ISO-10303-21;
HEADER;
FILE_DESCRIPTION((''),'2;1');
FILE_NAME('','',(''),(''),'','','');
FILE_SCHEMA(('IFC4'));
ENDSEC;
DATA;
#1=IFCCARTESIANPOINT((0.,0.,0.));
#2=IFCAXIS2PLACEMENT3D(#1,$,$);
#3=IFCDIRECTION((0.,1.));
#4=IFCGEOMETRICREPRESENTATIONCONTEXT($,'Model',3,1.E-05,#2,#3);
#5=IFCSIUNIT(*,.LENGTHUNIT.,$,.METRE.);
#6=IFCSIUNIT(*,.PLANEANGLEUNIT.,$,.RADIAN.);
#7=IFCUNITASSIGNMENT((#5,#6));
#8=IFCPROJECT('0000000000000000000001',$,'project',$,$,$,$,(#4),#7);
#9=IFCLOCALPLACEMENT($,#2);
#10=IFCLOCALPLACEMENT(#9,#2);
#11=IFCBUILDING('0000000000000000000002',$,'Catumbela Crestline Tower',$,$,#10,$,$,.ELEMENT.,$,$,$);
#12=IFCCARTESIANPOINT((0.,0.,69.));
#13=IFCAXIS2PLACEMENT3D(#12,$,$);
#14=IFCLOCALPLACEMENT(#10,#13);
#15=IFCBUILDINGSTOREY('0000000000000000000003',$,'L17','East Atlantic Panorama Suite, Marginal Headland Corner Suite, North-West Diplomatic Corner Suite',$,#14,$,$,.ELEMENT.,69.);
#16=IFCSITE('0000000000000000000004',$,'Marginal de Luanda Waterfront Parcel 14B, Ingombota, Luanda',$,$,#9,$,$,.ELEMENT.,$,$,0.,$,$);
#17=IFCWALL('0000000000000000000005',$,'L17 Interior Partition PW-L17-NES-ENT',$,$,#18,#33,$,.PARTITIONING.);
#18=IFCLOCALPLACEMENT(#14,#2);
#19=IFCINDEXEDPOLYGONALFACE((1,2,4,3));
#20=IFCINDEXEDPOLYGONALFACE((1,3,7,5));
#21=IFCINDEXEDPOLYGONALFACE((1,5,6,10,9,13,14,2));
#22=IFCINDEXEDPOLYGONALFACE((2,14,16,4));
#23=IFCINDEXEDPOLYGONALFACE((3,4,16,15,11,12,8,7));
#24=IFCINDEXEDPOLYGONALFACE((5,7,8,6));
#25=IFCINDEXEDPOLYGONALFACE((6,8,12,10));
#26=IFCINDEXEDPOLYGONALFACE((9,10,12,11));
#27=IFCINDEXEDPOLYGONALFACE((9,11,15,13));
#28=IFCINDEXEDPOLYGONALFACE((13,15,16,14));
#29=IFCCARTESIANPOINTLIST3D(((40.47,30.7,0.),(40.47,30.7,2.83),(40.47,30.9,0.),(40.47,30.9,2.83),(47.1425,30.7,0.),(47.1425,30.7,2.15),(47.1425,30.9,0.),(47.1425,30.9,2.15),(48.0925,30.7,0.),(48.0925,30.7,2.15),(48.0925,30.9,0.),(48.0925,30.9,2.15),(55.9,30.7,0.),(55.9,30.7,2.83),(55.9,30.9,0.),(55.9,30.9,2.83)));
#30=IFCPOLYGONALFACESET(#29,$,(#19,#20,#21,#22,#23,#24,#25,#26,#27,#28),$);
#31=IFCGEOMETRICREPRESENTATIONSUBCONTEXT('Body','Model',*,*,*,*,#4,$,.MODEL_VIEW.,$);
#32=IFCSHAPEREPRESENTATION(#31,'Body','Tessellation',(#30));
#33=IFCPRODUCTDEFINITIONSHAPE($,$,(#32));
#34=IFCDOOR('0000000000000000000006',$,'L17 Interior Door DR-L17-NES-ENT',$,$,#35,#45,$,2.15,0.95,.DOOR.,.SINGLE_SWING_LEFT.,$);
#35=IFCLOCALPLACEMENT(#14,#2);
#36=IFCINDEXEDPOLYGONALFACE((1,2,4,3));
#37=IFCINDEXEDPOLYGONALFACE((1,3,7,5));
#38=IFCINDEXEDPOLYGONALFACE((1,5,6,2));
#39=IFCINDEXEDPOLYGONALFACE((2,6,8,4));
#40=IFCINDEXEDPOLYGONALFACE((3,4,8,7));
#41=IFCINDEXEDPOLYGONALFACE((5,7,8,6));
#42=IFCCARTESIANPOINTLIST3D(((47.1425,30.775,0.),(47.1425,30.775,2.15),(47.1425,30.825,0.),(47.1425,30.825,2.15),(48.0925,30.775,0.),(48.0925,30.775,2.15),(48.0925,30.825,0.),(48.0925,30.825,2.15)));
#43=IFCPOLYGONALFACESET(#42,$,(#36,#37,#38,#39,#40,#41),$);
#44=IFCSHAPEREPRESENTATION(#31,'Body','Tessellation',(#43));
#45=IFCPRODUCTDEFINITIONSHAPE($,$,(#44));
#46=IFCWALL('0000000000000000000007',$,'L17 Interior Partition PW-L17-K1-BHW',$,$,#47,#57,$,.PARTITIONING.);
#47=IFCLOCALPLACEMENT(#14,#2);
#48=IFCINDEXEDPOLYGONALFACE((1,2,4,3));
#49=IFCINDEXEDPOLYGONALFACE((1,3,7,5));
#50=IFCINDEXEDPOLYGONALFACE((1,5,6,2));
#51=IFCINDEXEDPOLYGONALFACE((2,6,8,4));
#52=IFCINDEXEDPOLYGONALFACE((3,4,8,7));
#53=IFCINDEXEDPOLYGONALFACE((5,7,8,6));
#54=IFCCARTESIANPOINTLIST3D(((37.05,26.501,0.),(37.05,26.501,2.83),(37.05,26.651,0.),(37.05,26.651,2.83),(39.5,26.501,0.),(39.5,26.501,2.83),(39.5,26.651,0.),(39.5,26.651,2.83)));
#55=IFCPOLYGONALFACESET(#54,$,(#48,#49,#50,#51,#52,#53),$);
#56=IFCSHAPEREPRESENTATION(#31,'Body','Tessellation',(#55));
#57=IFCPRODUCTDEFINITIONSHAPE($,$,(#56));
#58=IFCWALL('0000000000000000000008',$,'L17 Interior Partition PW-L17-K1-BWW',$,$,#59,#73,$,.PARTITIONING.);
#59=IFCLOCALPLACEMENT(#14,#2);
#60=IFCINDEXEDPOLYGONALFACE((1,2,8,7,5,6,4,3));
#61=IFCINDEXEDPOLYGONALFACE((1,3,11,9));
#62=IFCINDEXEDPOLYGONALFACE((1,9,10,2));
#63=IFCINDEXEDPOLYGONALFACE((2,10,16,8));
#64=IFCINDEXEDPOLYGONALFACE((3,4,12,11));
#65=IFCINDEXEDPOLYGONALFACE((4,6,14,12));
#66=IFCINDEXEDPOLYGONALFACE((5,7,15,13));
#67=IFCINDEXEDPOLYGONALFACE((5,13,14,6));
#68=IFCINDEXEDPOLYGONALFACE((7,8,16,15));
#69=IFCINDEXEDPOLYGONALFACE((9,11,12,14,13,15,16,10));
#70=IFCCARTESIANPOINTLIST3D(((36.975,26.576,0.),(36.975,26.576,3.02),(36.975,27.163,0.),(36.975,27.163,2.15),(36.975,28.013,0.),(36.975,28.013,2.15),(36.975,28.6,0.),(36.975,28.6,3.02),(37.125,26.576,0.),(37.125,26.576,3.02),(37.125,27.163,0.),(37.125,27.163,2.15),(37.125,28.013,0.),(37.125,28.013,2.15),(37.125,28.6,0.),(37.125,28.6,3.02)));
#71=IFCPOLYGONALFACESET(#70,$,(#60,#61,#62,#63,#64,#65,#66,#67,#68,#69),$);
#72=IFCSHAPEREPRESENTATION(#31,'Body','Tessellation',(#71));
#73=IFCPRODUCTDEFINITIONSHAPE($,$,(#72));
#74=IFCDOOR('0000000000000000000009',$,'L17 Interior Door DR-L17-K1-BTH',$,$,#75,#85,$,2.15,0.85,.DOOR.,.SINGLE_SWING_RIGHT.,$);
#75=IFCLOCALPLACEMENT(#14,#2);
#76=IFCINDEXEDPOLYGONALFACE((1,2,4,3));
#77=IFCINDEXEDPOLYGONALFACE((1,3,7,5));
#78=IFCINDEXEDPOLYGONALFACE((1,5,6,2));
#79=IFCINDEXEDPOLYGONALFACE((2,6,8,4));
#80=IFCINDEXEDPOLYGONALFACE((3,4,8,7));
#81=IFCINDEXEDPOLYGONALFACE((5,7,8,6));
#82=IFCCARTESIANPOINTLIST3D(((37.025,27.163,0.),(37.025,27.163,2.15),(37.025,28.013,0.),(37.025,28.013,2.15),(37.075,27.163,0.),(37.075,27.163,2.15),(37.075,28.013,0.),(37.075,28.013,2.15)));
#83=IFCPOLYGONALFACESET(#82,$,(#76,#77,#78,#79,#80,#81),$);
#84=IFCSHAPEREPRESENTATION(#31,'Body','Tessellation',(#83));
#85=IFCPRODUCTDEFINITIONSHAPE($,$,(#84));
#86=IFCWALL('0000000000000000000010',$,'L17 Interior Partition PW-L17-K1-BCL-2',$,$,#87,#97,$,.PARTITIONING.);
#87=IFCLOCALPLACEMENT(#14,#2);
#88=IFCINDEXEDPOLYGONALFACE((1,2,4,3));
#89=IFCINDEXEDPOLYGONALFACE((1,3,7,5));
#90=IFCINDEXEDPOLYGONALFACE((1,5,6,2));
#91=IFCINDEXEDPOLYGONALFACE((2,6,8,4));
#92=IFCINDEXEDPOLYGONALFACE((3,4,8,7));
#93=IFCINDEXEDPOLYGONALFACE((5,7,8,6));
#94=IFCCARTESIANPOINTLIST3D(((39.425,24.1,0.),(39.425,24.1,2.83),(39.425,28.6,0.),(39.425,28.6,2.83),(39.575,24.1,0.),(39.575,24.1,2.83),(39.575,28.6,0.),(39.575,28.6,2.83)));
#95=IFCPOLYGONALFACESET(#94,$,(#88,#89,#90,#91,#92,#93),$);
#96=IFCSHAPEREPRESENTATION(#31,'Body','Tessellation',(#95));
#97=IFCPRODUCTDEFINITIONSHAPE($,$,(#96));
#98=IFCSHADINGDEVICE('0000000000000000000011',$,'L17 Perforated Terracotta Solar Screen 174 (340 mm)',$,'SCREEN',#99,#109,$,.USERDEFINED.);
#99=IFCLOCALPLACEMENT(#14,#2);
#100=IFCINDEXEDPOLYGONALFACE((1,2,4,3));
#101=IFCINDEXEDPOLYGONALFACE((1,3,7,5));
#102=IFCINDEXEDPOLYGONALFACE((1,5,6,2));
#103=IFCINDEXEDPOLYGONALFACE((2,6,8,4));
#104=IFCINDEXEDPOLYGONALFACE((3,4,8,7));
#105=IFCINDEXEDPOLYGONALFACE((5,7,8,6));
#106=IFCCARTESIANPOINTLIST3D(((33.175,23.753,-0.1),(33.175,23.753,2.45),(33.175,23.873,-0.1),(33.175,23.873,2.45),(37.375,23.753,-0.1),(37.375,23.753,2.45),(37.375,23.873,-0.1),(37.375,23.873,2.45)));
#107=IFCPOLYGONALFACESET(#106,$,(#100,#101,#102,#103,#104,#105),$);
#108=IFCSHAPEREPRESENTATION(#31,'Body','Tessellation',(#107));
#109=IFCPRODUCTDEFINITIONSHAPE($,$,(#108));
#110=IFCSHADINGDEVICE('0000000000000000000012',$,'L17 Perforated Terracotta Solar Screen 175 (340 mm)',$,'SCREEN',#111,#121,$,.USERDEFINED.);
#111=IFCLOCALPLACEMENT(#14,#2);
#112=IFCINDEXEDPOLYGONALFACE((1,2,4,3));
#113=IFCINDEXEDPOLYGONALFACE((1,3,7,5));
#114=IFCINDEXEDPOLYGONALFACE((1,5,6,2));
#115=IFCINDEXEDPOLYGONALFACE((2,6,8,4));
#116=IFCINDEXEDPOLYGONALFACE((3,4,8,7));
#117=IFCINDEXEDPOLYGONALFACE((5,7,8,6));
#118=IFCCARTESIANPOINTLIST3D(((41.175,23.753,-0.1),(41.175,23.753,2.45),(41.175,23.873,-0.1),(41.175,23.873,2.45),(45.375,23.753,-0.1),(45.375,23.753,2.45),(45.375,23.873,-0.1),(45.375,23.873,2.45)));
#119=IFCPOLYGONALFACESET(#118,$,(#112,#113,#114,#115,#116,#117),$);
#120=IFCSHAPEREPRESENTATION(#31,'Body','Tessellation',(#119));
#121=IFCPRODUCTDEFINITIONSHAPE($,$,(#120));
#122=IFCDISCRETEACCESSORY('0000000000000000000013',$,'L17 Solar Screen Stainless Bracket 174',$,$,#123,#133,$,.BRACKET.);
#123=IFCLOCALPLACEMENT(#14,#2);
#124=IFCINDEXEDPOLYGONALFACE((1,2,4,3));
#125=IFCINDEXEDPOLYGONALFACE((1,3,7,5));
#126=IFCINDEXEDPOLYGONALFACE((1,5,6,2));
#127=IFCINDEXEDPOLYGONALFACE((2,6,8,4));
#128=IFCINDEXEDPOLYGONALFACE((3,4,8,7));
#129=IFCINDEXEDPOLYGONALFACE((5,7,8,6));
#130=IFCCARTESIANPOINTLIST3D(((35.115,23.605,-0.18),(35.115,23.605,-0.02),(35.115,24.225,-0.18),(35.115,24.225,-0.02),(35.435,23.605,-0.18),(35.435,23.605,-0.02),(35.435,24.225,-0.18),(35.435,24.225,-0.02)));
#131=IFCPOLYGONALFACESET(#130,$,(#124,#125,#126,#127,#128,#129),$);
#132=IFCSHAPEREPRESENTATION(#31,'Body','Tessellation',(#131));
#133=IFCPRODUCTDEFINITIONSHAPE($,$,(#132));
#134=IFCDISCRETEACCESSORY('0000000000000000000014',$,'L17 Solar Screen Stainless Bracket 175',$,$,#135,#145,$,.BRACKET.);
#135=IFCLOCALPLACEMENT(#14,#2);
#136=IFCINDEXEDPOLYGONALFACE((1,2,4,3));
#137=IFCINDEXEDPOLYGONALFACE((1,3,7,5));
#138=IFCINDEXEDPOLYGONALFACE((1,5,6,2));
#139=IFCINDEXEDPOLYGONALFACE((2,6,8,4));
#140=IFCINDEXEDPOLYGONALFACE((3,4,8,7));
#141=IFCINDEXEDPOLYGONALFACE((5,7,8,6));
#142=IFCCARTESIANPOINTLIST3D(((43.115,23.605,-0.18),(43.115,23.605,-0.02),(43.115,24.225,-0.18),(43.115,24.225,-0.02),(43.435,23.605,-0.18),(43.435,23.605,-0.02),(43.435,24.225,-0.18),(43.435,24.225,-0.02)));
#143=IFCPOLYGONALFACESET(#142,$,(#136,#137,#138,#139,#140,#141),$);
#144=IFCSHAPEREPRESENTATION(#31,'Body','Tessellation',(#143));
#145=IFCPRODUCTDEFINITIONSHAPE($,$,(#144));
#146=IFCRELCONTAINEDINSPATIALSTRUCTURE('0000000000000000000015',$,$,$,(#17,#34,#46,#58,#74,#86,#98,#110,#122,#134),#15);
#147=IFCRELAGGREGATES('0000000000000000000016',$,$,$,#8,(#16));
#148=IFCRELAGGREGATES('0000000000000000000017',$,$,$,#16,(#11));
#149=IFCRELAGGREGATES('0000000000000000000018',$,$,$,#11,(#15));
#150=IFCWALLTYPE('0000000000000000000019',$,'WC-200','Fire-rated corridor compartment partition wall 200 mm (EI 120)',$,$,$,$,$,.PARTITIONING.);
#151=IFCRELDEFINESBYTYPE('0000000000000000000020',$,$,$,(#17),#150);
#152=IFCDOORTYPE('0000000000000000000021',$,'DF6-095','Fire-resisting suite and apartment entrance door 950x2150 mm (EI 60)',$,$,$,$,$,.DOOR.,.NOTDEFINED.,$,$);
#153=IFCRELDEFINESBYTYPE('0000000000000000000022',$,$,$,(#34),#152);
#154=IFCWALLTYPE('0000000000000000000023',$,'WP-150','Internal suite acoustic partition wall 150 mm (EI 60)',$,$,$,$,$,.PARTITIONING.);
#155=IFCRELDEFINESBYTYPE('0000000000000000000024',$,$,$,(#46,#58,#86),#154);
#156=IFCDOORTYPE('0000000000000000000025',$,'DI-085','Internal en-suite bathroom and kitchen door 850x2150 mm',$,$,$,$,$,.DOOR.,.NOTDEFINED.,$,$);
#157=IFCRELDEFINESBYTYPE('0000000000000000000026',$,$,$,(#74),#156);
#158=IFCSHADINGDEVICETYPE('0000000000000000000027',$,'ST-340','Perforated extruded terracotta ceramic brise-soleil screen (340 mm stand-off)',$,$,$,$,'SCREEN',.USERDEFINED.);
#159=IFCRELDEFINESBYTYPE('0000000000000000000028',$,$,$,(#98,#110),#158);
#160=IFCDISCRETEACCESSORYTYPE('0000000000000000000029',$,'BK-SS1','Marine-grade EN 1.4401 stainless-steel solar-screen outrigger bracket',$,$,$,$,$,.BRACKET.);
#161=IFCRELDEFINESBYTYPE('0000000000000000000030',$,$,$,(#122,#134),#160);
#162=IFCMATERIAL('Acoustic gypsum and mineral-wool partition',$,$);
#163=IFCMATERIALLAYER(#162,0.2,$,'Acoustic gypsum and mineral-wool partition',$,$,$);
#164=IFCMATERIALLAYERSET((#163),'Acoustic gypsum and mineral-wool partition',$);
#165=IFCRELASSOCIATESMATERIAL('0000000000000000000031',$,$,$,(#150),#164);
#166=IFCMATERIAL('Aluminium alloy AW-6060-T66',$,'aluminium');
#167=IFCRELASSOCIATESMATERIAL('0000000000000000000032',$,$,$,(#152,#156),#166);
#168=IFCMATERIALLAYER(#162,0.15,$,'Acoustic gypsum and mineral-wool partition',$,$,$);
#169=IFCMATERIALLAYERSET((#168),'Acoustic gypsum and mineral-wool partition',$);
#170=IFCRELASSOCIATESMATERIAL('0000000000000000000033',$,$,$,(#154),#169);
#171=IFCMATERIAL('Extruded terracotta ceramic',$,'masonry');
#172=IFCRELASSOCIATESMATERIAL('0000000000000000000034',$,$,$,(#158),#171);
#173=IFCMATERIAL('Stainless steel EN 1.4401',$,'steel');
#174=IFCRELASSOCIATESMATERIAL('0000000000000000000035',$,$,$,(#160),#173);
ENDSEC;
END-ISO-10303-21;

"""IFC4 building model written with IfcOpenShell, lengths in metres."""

from ifc_helpers import new_model, si_unit, direction, frame, frame_2d, origin, origin_2d, place, context, subcontext, project, spatial, rectangle, extrude, material, layer, layer_set, type_object, element, fill, save


model = new_model("IFC4")

# Units and contexts
model_context = context("Model", 3, precision=1e-05, world=origin(), true_north=direction((0.0, 1.0)))
body_context = subcontext(model_context, "Body", "Model", "MODEL_VIEW")
ifc_project = project(units=[si_unit("LENGTHUNIT", "METRE"), si_unit("PLANEANGLEUNIT", "RADIAN")], contexts=[model_context])

# Site, building, storey
site_placement = place(None, origin())
site = spatial("IfcSite", under=ifc_project, at=site_placement, Name="Marginal de Luanda Waterfront Parcel 14B, Ingombota, Luanda", CompositionType="ELEMENT", RefElevation=0.0)
building_placement = place(site_placement, origin())
building = spatial("IfcBuilding", under=site, at=building_placement, Name="Catumbela Crestline Tower", CompositionType="ELEMENT")
storey_placement = place(building_placement, frame((0.0, 0.0, 69.0)))
storey = spatial("IfcBuildingStorey", under=building, at=storey_placement, Name="L17", Description="East Atlantic Panorama Suite, Marginal Headland Corner Suite, North-West Diplomatic Corner Suite", CompositionType="ELEMENT", Elevation=69.0)

# Shared definitions
ifc_material_1 = material(Name="Aluminium alloy AW-6060-T66", Category="aluminium")

# Wall, opening, door
ifc_material_2 = material(Name="Acoustic gypsum and mineral-wool partition")
ifc_layer_1 = layer(ifc_material_2, 0.2, Name="Acoustic gypsum and mineral-wool partition")
ifc_layer_set_1 = layer_set([ifc_layer_1], Name="Acoustic gypsum and mineral-wool partition")
wall_type_1 = type_object("IfcWallType", Name="WC-200", Description="Fire-rated corridor compartment partition wall 200 mm (EI 120)", PredefinedType="PARTITIONING", material=ifc_layer_set_1)
wall_1_placement = place(storey_placement, frame((40.47, 30.8, 0.0), z_axis=(0.0, 0.0, 1.0), x_axis=(1.0, 0.0, 0.0)))
wall_1 = element("IfcWall", 1, at=wall_1_placement, inside=storey, type_object=wall_type_1, Name="L17 Interior Partition PW-L17-NES-ENT", PredefinedType="PARTITIONING", context=body_context, shape_type="SweptSolid", body=[
    extrude(rectangle(XDim=15.43, YDim=0.2, at=frame_2d((7.715, 0.0))), origin(), (0.0, 0.0, 1.0), 2.83),
])
opening_1_placement = place(wall_1_placement, frame((6.6725, 0.0, 0.0)))
opening_1 = element("IfcOpeningElement", 2, at=opening_1_placement, cuts=wall_1, PredefinedType="OPENING", context=body_context, shape_type="SweptSolid", body=[
    extrude(rectangle(XDim=0.95, YDim=2.15, at=frame_2d((0.475, 1.075))), frame((0.0, 0.11, 0.0), z_axis=(0.0, -1.0, 0.0), x_axis=(1.0, 0.0, 0.0)), (0.0, 0.0, 1.0), 0.22),
])
door_type_1 = type_object("IfcDoorType", Name="DF6-095", Description="Fire-resisting suite and apartment entrance door 950x2150 mm (EI 60)", OperationType="NOTDEFINED", PredefinedType="DOOR", material=ifc_material_1)
door_1_placement = place(opening_1_placement, origin())
door_1 = element("IfcDoor", 3, at=door_1_placement, inside=storey, type_object=door_type_1, Name="L17 Interior Door DR-L17-NES-ENT", OperationType="SINGLE_SWING_LEFT", OverallHeight=2.15, OverallWidth=0.95, PredefinedType="DOOR", context=body_context, shape_type="SweptSolid", body=[
    extrude(rectangle(XDim=0.95, YDim=2.15, at=frame_2d((0.475, 1.075))), frame((0.0, 0.025, 0.0), z_axis=(0.0, -1.0, 0.0), x_axis=(1.0, 0.0, 0.0)), (0.0, 0.0, 1.0), 0.05),
])
fill(opening_1, door_1)

# Wall
ifc_layer_2 = layer(ifc_material_2, 0.15, Name="Acoustic gypsum and mineral-wool partition")
ifc_layer_set_2 = layer_set([ifc_layer_2], Name="Acoustic gypsum and mineral-wool partition")
wall_type_2 = type_object("IfcWallType", Name="WP-150", Description="Internal suite acoustic partition wall 150 mm (EI 60)", PredefinedType="PARTITIONING", material=ifc_layer_set_2)
wall_2_placement = place(storey_placement, frame((37.05, 26.576, 0.0), z_axis=(0.0, 0.0, 1.0), x_axis=(1.0, 0.0, 0.0)))
element("IfcWall", 4, at=wall_2_placement, inside=storey, type_object=wall_type_2, Name="L17 Interior Partition PW-L17-K1-BHW", PredefinedType="PARTITIONING", context=body_context, shape_type="SweptSolid", body=[
    extrude(rectangle(XDim=2.45, YDim=0.15, at=frame_2d((1.225, 0.0))), origin(), (0.0, 0.0, 1.0), 2.83),
])

# Wall, opening, door
wall_3_placement = place(storey_placement, frame((37.05, 26.576, 0.0), z_axis=(0.0, 0.0, 1.0), x_axis=(0.0, 1.0, 0.0)))
wall_3 = element("IfcWall", 5, at=wall_3_placement, inside=storey, type_object=wall_type_2, Name="L17 Interior Partition PW-L17-K1-BWW", PredefinedType="PARTITIONING", context=body_context, shape_type="SweptSolid", body=[
    extrude(rectangle(XDim=2.024, YDim=0.15, at=frame_2d((1.012, 0.0))), origin(), (0.0, 0.0, 1.0), 3.02),
])
opening_2_placement = place(wall_3_placement, frame((0.587, 0.0, 0.0)))
opening_2 = element("IfcOpeningElement", 6, at=opening_2_placement, cuts=wall_3, PredefinedType="OPENING", context=body_context, shape_type="SweptSolid", body=[
    extrude(rectangle(XDim=0.85, YDim=2.15, at=frame_2d((0.425, 1.075))), frame((0.0, 0.085, 0.0), z_axis=(0.0, -1.0, 0.0), x_axis=(1.0, 0.0, 0.0)), (0.0, 0.0, 1.0), 0.17),
])
door_type_2 = type_object("IfcDoorType", Name="DI-085", Description="Internal en-suite bathroom and kitchen door 850x2150 mm", OperationType="NOTDEFINED", PredefinedType="DOOR", material=ifc_material_1)
door_2_placement = place(opening_2_placement, origin())
door_2 = element("IfcDoor", 7, at=door_2_placement, inside=storey, type_object=door_type_2, Name="L17 Interior Door DR-L17-K1-BTH", OperationType="SINGLE_SWING_RIGHT", OverallHeight=2.15, OverallWidth=0.85, PredefinedType="DOOR", context=body_context, shape_type="SweptSolid", body=[
    extrude(rectangle(XDim=0.85, YDim=2.15, at=frame_2d((0.425, 1.075))), frame((0.0, 0.025, 0.0), z_axis=(0.0, -1.0, 0.0), x_axis=(1.0, 0.0, 0.0)), (0.0, 0.0, 1.0), 0.05),
])
fill(opening_2, door_2)

# Wall
wall_4_placement = place(storey_placement, frame((39.5, 28.6, 0.0), z_axis=(0.0, 0.0, 1.0), x_axis=(0.0, -1.0, 0.0)))
element("IfcWall", 8, at=wall_4_placement, inside=storey, type_object=wall_type_2, Name="L17 Interior Partition PW-L17-K1-BCL-2", PredefinedType="PARTITIONING", context=body_context, shape_type="SweptSolid", body=[
    extrude(rectangle(XDim=4.5, YDim=0.15, at=frame_2d((2.25, 0.0))), origin(), (0.0, 0.0, 1.0), 2.83),
])

# Shading devices
ifc_material_3 = material(Name="Extruded terracotta ceramic", Category="masonry")
shading_device_type = type_object("IfcShadingDeviceType", Name="ST-340", Description="Perforated extruded terracotta ceramic brise-soleil screen (340 mm stand-off)", ElementType="SCREEN", PredefinedType="USERDEFINED", material=ifc_material_3)
for number, where, z_axis, x_axis, name in (
    (9, (35.275, 23.813, -0.1), (0.0, 0.0, 1.0), (1.0, 0.0, 0.0), "L17 Perforated Terracotta Solar Screen 174 (340 mm)"),
    (10, (43.275, 23.813, -0.1), (0.0, 0.0, 1.0), (1.0, 0.0, 0.0), "L17 Perforated Terracotta Solar Screen 175 (340 mm)"),
):
    element("IfcShadingDevice", number, at=place(storey_placement, frame(where, z_axis=z_axis, x_axis=x_axis)), inside=storey, type_object=shading_device_type, Name=name, ObjectType="SCREEN", PredefinedType="USERDEFINED", context=body_context, shape_type="SweptSolid", body=[
        extrude(rectangle(XDim=4.2, YDim=0.12, at=origin_2d()), origin(), (0.0, 0.0, 1.0), 2.55),
    ])

# Discrete accessories
ifc_material_4 = material(Name="Stainless steel EN 1.4401", Category="steel")
discrete_accessory_type = type_object("IfcDiscreteAccessoryType", Name="BK-SS1", Description="Marine-grade EN 1.4401 stainless-steel solar-screen outrigger bracket", PredefinedType="BRACKET", material=ifc_material_4)
for number, where, z_axis, x_axis, name in (
    (11, (35.275, 23.915, -0.18), (0.0, 0.0, 1.0), (1.0, 0.0, 0.0), "L17 Solar Screen Stainless Bracket 174"),
    (12, (43.275, 23.915, -0.18), (0.0, 0.0, 1.0), (1.0, 0.0, 0.0), "L17 Solar Screen Stainless Bracket 175"),
):
    element("IfcDiscreteAccessory", number, at=place(storey_placement, frame(where, z_axis=z_axis, x_axis=x_axis)), inside=storey, type_object=discrete_accessory_type, Name=name, PredefinedType="BRACKET", context=body_context, shape_type="SweptSolid", body=[
        extrude(rectangle(XDim=0.32, YDim=0.62, at=origin_2d()), origin(), (0.0, 0.0, 1.0), 0.16),
    ])

save(model, "model.ifc")
